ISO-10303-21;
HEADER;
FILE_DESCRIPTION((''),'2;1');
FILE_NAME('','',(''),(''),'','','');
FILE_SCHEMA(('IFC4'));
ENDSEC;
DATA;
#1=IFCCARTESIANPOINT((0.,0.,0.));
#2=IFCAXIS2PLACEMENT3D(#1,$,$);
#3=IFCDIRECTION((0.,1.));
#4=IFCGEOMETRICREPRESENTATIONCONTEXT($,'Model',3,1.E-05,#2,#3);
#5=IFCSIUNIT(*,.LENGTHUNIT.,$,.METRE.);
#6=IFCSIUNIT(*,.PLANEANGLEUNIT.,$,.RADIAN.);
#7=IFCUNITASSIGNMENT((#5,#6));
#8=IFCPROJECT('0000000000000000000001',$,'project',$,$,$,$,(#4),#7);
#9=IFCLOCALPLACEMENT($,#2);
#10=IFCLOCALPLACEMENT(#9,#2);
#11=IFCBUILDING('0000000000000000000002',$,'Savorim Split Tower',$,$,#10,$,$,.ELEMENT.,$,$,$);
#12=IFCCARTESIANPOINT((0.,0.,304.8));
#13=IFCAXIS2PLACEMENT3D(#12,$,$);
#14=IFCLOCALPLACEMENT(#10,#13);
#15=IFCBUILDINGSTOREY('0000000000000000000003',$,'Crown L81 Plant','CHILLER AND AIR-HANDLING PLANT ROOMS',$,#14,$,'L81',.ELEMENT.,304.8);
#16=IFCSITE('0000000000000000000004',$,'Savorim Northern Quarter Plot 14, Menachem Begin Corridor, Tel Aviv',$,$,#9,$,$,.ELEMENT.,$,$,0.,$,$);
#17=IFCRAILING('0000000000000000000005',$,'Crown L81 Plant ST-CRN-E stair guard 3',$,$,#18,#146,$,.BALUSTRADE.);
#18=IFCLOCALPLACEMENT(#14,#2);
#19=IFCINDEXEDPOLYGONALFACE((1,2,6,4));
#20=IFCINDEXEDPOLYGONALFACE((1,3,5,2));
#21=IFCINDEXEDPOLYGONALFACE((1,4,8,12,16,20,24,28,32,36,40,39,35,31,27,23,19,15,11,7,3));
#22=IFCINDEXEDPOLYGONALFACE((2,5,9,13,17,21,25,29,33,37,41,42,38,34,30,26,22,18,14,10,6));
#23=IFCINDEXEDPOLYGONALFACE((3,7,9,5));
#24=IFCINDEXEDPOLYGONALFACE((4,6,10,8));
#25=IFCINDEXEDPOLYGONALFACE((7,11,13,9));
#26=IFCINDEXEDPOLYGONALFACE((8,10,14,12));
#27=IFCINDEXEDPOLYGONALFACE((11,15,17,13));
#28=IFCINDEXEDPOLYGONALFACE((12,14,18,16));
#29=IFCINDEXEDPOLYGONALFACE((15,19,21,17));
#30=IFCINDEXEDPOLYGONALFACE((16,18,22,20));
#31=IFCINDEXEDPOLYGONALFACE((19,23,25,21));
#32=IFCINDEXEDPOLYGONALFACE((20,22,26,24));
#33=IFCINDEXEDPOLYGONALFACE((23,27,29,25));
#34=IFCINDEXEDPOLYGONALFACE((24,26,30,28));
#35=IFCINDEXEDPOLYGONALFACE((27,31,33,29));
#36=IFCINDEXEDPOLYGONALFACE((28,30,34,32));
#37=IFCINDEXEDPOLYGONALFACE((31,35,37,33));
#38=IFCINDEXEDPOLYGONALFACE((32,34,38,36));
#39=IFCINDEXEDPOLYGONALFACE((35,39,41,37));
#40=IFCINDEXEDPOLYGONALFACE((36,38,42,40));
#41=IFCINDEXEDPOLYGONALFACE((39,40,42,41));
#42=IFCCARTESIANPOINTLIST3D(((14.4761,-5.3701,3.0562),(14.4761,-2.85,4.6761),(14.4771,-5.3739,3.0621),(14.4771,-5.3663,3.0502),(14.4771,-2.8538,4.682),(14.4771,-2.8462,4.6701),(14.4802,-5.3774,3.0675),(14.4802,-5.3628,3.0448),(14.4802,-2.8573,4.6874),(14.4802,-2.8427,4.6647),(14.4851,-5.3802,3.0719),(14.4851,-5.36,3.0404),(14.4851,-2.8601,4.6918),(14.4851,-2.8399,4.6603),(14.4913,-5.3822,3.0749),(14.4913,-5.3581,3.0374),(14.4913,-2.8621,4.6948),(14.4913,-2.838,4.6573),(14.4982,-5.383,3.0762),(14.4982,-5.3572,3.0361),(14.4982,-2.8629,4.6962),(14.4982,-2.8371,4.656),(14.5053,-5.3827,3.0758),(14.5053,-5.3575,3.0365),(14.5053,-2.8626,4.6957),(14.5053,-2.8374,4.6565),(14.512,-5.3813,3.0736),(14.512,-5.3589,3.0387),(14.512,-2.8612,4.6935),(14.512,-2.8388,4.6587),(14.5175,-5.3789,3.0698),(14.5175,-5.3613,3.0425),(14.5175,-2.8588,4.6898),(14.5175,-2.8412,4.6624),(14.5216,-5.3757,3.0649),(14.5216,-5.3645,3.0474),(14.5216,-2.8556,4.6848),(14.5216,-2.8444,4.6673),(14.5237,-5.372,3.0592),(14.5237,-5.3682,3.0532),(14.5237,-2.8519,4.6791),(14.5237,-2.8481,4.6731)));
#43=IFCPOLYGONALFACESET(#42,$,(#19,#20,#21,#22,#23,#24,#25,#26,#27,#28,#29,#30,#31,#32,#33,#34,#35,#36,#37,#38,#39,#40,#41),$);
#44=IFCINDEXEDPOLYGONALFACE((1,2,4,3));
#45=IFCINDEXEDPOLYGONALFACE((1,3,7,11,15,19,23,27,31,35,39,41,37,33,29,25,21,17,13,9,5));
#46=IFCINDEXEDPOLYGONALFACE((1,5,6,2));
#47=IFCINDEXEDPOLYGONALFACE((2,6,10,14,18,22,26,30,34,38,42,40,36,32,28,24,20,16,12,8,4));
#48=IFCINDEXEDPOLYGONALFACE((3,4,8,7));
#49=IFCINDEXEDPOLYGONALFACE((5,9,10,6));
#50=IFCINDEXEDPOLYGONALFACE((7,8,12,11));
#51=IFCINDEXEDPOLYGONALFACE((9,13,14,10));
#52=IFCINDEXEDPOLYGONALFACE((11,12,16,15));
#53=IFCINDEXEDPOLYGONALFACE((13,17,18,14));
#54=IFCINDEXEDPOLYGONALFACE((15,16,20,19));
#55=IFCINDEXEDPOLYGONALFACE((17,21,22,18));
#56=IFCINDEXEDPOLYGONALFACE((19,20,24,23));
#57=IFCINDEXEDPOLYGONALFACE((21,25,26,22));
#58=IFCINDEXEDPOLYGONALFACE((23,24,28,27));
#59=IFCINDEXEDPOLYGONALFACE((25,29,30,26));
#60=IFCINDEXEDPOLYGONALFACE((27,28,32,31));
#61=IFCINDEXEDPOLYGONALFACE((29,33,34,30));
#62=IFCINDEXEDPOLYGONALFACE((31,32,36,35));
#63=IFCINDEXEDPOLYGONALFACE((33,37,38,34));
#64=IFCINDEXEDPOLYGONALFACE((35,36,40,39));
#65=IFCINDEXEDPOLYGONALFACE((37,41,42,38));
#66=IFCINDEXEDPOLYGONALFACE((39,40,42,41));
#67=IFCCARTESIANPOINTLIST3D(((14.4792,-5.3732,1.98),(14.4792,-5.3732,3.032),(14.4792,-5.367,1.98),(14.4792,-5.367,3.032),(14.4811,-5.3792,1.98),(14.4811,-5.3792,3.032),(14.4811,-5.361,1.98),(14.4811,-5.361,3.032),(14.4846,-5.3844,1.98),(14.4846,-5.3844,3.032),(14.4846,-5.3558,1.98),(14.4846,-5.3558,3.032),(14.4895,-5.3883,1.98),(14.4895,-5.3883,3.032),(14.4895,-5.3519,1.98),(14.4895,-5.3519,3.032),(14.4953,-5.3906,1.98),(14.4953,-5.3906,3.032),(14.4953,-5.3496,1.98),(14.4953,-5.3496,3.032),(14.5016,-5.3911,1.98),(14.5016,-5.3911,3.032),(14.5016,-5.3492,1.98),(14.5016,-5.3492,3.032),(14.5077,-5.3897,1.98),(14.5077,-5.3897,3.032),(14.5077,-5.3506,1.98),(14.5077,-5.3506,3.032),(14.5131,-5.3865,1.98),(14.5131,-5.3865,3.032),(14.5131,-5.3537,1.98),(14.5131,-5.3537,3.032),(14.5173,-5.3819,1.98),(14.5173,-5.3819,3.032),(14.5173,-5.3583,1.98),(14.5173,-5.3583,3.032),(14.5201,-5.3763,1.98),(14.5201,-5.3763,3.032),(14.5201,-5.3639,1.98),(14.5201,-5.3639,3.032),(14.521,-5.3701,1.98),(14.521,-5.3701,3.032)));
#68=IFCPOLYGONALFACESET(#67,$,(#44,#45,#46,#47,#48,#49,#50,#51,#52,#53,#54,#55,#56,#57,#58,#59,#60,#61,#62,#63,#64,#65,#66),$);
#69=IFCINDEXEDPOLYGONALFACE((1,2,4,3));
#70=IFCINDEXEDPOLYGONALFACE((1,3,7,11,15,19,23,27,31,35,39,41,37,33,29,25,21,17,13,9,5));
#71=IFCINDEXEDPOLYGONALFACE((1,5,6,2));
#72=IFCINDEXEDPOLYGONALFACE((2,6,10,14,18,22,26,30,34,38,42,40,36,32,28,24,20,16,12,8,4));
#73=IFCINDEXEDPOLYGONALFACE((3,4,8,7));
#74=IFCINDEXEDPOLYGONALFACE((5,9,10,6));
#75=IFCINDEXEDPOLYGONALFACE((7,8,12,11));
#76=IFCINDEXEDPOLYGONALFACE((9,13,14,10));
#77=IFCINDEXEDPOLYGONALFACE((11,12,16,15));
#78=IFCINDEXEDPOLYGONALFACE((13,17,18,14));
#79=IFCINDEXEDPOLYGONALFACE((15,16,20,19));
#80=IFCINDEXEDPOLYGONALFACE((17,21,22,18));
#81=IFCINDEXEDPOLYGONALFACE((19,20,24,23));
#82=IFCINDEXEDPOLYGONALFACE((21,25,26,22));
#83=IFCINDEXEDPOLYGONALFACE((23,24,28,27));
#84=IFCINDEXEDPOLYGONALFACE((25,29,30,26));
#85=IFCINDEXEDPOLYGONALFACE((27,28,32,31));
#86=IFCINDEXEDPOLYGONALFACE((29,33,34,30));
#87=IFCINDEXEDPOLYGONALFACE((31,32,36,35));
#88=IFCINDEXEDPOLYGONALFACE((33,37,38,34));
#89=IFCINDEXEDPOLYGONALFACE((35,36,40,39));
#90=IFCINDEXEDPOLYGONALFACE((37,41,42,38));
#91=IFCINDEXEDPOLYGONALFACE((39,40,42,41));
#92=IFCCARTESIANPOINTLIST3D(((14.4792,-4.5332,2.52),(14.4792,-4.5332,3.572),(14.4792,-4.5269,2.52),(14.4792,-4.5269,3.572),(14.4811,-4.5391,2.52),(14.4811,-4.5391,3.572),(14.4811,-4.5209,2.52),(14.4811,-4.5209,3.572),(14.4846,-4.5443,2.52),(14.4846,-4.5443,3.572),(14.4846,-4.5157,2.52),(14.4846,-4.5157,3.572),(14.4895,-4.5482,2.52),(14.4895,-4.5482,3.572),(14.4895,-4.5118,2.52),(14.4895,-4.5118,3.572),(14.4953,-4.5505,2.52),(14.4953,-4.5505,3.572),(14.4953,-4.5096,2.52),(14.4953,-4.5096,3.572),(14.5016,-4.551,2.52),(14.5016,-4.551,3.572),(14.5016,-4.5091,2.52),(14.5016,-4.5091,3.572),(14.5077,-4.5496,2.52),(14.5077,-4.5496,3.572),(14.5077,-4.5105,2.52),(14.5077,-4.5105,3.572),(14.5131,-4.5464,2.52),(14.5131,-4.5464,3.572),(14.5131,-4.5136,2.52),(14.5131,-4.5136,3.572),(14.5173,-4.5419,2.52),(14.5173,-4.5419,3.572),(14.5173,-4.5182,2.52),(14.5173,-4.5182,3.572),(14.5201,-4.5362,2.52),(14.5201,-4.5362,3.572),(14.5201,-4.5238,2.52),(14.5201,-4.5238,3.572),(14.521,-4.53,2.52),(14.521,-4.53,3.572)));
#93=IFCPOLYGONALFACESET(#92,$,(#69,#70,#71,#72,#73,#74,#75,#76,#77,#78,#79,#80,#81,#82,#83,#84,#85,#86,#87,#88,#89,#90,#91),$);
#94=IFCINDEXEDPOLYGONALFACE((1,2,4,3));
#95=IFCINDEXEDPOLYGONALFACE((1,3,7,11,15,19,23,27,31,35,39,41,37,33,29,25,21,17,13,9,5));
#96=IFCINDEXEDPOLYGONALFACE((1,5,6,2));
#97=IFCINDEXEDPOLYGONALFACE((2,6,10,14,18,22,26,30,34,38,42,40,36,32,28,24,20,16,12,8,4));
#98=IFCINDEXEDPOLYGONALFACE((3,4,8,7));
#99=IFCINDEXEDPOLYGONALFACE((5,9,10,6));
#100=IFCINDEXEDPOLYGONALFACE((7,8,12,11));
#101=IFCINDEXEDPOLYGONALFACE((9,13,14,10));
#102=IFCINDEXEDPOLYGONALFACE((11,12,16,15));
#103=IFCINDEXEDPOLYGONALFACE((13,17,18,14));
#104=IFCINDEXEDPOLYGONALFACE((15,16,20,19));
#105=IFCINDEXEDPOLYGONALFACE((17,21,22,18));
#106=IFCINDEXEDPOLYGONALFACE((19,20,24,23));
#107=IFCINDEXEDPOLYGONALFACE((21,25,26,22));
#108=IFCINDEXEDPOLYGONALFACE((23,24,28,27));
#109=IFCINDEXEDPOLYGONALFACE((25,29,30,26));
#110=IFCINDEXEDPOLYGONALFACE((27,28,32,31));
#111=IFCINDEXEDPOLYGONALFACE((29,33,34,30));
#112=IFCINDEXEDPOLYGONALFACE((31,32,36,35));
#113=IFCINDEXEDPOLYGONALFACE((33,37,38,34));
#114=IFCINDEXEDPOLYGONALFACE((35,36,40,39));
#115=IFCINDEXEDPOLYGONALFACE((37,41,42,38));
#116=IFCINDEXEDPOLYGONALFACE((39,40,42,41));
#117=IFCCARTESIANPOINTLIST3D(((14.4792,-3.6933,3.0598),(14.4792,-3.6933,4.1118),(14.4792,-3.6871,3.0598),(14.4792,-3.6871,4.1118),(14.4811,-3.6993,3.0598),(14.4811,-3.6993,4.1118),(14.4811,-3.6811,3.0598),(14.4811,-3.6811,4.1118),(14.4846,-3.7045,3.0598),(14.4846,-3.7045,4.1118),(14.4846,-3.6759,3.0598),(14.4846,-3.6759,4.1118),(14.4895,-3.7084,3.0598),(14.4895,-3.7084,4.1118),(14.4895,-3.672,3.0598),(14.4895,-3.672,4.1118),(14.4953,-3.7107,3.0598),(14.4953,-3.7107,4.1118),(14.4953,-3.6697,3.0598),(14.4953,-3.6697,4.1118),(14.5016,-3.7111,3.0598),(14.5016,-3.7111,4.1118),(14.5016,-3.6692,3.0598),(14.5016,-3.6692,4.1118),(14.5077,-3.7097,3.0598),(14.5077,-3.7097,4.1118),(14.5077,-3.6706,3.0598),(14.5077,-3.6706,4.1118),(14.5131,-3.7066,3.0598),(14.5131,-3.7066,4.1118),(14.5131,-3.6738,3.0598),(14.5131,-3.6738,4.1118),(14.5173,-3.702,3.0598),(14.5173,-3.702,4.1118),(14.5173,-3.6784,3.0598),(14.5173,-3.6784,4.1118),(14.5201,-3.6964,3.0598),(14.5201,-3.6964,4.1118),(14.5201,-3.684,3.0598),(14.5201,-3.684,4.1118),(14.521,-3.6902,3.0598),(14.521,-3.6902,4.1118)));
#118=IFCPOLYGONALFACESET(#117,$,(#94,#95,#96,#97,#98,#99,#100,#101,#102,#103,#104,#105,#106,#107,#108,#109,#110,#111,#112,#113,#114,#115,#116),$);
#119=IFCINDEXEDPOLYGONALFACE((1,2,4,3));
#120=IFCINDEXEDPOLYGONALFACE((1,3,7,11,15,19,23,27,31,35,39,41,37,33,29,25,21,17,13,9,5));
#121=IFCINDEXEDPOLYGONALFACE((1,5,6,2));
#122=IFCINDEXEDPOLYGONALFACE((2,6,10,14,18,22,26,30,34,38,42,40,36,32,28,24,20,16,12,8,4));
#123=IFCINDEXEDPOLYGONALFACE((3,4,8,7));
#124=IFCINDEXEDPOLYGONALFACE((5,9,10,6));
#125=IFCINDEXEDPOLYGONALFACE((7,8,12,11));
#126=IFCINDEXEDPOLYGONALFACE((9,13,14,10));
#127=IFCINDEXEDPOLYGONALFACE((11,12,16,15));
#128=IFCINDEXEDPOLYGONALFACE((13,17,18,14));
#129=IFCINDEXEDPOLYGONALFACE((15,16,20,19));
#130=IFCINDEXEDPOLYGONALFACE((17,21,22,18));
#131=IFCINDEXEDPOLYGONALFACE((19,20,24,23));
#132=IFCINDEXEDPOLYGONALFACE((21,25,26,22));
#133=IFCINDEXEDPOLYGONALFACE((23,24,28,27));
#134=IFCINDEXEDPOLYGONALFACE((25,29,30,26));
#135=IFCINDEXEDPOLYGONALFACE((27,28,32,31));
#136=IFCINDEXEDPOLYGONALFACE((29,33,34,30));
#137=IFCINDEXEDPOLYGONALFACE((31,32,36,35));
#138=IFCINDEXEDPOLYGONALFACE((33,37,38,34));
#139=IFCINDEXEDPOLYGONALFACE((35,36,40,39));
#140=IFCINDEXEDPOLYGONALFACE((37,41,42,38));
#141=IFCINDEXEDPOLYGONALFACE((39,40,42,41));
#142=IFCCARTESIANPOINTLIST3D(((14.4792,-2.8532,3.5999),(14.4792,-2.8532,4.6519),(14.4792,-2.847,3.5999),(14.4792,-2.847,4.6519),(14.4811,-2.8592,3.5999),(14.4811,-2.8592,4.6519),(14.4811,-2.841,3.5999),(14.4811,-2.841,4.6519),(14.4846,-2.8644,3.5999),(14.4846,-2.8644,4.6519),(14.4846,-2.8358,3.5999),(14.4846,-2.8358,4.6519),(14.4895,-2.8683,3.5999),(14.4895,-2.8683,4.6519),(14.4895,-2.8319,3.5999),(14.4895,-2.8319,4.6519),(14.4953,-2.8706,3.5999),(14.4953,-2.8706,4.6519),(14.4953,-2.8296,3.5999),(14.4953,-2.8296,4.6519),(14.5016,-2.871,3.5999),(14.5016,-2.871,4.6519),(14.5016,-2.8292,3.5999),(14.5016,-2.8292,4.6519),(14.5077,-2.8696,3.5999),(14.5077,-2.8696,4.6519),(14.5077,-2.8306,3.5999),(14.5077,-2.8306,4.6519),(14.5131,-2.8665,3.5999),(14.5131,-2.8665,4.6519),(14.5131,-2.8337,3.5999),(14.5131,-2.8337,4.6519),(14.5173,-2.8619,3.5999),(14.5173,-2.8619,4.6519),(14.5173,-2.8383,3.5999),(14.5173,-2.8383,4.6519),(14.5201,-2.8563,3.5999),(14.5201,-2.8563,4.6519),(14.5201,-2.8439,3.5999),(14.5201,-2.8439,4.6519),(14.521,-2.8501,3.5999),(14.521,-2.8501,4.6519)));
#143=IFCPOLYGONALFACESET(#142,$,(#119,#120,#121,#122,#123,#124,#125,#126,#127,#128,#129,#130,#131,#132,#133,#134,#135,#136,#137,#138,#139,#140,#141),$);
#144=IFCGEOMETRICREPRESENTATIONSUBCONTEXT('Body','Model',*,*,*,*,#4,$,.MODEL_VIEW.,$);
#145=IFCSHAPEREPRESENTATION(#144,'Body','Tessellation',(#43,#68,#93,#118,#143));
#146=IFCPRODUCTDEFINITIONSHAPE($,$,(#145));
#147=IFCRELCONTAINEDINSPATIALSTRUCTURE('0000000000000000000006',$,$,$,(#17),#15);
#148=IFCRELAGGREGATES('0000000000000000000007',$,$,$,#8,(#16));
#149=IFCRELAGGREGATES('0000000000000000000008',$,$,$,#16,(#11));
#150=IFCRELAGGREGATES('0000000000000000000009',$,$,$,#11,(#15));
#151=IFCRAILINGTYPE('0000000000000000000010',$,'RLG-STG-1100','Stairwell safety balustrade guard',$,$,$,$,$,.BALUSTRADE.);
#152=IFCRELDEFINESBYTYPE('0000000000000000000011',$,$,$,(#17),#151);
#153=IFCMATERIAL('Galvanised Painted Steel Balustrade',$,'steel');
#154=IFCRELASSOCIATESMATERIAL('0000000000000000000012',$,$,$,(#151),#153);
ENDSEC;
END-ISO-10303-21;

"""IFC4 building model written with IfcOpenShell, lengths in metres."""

from ifc_helpers import new_model, si_unit, direction, frame, origin, origin_2d, place, context, subcontext, project, spatial, circle, extrude, material, type_object, element, save


model = new_model("IFC4")

# Units and contexts
model_context = context("Model", 3, precision=1e-05, world=origin(), true_north=direction((0.0, 1.0)))
body_context = subcontext(model_context, "Body", "Model", "MODEL_VIEW")
ifc_project = project(units=[si_unit("LENGTHUNIT", "METRE"), si_unit("PLANEANGLEUNIT", "RADIAN")], contexts=[model_context])

# Site, building, storey
site_placement = place(None, origin())
site = spatial("IfcSite", under=ifc_project, at=site_placement, Name="Savorim Northern Quarter Plot 14, Menachem Begin Corridor, Tel Aviv", CompositionType="ELEMENT", RefElevation=0.0)
building_placement = place(site_placement, origin())
building = spatial("IfcBuilding", under=site, at=building_placement, Name="Savorim Split Tower", CompositionType="ELEMENT")
storey_placement = place(building_placement, frame((0.0, 0.0, 304.8)))
storey = spatial("IfcBuildingStorey", under=building, at=storey_placement, Name="Crown L81 Plant", Description="CHILLER AND AIR-HANDLING PLANT ROOMS", LongName="L81", CompositionType="ELEMENT", Elevation=304.8)

# Railing
ifc_material_1 = material(Name="Galvanised Painted Steel Balustrade", Category="steel")
railing_type_1 = type_object("IfcRailingType", Name="RLG-STG-1100", Description="Stairwell safety balustrade guard", PredefinedType="BALUSTRADE", material=ifc_material_1)
railing_1_placement = place(storey_placement, frame((14.5, -5.3701, 1.98)))
element("IfcRailing", 1, at=railing_1_placement, inside=storey, type_object=railing_type_1, Name="Crown L81 Plant ST-CRN-E stair guard 3", PredefinedType="BALUSTRADE", context=body_context, shape_type="SweptSolid", body=[
    extrude(circle(Radius=0.0239, at=origin_2d()), frame((0.0, 0.0, 1.0762), z_axis=(0.0, 0.8412, 0.540725), x_axis=(-1.0, 0.0, 0.0)), (0.0, 0.0, 1.0), 2.9958),
    extrude(circle(Radius=0.021, at=origin_2d()), origin(), (0.0, 0.0, 1.0), 1.052),
    extrude(circle(Radius=0.021, at=origin_2d()), frame((0.0, 0.8401, 0.54)), (0.0, 0.0, 1.0), 1.052),
    extrude(circle(Radius=0.021, at=origin_2d()), frame((0.0, 1.6799, 1.0798)), (0.0, 0.0, 1.0), 1.052),
    extrude(circle(Radius=0.021, at=origin_2d()), frame((0.0, 2.52, 1.6199)), (0.0, 0.0, 1.0), 1.052),
])

save(model, "model.ifc")
